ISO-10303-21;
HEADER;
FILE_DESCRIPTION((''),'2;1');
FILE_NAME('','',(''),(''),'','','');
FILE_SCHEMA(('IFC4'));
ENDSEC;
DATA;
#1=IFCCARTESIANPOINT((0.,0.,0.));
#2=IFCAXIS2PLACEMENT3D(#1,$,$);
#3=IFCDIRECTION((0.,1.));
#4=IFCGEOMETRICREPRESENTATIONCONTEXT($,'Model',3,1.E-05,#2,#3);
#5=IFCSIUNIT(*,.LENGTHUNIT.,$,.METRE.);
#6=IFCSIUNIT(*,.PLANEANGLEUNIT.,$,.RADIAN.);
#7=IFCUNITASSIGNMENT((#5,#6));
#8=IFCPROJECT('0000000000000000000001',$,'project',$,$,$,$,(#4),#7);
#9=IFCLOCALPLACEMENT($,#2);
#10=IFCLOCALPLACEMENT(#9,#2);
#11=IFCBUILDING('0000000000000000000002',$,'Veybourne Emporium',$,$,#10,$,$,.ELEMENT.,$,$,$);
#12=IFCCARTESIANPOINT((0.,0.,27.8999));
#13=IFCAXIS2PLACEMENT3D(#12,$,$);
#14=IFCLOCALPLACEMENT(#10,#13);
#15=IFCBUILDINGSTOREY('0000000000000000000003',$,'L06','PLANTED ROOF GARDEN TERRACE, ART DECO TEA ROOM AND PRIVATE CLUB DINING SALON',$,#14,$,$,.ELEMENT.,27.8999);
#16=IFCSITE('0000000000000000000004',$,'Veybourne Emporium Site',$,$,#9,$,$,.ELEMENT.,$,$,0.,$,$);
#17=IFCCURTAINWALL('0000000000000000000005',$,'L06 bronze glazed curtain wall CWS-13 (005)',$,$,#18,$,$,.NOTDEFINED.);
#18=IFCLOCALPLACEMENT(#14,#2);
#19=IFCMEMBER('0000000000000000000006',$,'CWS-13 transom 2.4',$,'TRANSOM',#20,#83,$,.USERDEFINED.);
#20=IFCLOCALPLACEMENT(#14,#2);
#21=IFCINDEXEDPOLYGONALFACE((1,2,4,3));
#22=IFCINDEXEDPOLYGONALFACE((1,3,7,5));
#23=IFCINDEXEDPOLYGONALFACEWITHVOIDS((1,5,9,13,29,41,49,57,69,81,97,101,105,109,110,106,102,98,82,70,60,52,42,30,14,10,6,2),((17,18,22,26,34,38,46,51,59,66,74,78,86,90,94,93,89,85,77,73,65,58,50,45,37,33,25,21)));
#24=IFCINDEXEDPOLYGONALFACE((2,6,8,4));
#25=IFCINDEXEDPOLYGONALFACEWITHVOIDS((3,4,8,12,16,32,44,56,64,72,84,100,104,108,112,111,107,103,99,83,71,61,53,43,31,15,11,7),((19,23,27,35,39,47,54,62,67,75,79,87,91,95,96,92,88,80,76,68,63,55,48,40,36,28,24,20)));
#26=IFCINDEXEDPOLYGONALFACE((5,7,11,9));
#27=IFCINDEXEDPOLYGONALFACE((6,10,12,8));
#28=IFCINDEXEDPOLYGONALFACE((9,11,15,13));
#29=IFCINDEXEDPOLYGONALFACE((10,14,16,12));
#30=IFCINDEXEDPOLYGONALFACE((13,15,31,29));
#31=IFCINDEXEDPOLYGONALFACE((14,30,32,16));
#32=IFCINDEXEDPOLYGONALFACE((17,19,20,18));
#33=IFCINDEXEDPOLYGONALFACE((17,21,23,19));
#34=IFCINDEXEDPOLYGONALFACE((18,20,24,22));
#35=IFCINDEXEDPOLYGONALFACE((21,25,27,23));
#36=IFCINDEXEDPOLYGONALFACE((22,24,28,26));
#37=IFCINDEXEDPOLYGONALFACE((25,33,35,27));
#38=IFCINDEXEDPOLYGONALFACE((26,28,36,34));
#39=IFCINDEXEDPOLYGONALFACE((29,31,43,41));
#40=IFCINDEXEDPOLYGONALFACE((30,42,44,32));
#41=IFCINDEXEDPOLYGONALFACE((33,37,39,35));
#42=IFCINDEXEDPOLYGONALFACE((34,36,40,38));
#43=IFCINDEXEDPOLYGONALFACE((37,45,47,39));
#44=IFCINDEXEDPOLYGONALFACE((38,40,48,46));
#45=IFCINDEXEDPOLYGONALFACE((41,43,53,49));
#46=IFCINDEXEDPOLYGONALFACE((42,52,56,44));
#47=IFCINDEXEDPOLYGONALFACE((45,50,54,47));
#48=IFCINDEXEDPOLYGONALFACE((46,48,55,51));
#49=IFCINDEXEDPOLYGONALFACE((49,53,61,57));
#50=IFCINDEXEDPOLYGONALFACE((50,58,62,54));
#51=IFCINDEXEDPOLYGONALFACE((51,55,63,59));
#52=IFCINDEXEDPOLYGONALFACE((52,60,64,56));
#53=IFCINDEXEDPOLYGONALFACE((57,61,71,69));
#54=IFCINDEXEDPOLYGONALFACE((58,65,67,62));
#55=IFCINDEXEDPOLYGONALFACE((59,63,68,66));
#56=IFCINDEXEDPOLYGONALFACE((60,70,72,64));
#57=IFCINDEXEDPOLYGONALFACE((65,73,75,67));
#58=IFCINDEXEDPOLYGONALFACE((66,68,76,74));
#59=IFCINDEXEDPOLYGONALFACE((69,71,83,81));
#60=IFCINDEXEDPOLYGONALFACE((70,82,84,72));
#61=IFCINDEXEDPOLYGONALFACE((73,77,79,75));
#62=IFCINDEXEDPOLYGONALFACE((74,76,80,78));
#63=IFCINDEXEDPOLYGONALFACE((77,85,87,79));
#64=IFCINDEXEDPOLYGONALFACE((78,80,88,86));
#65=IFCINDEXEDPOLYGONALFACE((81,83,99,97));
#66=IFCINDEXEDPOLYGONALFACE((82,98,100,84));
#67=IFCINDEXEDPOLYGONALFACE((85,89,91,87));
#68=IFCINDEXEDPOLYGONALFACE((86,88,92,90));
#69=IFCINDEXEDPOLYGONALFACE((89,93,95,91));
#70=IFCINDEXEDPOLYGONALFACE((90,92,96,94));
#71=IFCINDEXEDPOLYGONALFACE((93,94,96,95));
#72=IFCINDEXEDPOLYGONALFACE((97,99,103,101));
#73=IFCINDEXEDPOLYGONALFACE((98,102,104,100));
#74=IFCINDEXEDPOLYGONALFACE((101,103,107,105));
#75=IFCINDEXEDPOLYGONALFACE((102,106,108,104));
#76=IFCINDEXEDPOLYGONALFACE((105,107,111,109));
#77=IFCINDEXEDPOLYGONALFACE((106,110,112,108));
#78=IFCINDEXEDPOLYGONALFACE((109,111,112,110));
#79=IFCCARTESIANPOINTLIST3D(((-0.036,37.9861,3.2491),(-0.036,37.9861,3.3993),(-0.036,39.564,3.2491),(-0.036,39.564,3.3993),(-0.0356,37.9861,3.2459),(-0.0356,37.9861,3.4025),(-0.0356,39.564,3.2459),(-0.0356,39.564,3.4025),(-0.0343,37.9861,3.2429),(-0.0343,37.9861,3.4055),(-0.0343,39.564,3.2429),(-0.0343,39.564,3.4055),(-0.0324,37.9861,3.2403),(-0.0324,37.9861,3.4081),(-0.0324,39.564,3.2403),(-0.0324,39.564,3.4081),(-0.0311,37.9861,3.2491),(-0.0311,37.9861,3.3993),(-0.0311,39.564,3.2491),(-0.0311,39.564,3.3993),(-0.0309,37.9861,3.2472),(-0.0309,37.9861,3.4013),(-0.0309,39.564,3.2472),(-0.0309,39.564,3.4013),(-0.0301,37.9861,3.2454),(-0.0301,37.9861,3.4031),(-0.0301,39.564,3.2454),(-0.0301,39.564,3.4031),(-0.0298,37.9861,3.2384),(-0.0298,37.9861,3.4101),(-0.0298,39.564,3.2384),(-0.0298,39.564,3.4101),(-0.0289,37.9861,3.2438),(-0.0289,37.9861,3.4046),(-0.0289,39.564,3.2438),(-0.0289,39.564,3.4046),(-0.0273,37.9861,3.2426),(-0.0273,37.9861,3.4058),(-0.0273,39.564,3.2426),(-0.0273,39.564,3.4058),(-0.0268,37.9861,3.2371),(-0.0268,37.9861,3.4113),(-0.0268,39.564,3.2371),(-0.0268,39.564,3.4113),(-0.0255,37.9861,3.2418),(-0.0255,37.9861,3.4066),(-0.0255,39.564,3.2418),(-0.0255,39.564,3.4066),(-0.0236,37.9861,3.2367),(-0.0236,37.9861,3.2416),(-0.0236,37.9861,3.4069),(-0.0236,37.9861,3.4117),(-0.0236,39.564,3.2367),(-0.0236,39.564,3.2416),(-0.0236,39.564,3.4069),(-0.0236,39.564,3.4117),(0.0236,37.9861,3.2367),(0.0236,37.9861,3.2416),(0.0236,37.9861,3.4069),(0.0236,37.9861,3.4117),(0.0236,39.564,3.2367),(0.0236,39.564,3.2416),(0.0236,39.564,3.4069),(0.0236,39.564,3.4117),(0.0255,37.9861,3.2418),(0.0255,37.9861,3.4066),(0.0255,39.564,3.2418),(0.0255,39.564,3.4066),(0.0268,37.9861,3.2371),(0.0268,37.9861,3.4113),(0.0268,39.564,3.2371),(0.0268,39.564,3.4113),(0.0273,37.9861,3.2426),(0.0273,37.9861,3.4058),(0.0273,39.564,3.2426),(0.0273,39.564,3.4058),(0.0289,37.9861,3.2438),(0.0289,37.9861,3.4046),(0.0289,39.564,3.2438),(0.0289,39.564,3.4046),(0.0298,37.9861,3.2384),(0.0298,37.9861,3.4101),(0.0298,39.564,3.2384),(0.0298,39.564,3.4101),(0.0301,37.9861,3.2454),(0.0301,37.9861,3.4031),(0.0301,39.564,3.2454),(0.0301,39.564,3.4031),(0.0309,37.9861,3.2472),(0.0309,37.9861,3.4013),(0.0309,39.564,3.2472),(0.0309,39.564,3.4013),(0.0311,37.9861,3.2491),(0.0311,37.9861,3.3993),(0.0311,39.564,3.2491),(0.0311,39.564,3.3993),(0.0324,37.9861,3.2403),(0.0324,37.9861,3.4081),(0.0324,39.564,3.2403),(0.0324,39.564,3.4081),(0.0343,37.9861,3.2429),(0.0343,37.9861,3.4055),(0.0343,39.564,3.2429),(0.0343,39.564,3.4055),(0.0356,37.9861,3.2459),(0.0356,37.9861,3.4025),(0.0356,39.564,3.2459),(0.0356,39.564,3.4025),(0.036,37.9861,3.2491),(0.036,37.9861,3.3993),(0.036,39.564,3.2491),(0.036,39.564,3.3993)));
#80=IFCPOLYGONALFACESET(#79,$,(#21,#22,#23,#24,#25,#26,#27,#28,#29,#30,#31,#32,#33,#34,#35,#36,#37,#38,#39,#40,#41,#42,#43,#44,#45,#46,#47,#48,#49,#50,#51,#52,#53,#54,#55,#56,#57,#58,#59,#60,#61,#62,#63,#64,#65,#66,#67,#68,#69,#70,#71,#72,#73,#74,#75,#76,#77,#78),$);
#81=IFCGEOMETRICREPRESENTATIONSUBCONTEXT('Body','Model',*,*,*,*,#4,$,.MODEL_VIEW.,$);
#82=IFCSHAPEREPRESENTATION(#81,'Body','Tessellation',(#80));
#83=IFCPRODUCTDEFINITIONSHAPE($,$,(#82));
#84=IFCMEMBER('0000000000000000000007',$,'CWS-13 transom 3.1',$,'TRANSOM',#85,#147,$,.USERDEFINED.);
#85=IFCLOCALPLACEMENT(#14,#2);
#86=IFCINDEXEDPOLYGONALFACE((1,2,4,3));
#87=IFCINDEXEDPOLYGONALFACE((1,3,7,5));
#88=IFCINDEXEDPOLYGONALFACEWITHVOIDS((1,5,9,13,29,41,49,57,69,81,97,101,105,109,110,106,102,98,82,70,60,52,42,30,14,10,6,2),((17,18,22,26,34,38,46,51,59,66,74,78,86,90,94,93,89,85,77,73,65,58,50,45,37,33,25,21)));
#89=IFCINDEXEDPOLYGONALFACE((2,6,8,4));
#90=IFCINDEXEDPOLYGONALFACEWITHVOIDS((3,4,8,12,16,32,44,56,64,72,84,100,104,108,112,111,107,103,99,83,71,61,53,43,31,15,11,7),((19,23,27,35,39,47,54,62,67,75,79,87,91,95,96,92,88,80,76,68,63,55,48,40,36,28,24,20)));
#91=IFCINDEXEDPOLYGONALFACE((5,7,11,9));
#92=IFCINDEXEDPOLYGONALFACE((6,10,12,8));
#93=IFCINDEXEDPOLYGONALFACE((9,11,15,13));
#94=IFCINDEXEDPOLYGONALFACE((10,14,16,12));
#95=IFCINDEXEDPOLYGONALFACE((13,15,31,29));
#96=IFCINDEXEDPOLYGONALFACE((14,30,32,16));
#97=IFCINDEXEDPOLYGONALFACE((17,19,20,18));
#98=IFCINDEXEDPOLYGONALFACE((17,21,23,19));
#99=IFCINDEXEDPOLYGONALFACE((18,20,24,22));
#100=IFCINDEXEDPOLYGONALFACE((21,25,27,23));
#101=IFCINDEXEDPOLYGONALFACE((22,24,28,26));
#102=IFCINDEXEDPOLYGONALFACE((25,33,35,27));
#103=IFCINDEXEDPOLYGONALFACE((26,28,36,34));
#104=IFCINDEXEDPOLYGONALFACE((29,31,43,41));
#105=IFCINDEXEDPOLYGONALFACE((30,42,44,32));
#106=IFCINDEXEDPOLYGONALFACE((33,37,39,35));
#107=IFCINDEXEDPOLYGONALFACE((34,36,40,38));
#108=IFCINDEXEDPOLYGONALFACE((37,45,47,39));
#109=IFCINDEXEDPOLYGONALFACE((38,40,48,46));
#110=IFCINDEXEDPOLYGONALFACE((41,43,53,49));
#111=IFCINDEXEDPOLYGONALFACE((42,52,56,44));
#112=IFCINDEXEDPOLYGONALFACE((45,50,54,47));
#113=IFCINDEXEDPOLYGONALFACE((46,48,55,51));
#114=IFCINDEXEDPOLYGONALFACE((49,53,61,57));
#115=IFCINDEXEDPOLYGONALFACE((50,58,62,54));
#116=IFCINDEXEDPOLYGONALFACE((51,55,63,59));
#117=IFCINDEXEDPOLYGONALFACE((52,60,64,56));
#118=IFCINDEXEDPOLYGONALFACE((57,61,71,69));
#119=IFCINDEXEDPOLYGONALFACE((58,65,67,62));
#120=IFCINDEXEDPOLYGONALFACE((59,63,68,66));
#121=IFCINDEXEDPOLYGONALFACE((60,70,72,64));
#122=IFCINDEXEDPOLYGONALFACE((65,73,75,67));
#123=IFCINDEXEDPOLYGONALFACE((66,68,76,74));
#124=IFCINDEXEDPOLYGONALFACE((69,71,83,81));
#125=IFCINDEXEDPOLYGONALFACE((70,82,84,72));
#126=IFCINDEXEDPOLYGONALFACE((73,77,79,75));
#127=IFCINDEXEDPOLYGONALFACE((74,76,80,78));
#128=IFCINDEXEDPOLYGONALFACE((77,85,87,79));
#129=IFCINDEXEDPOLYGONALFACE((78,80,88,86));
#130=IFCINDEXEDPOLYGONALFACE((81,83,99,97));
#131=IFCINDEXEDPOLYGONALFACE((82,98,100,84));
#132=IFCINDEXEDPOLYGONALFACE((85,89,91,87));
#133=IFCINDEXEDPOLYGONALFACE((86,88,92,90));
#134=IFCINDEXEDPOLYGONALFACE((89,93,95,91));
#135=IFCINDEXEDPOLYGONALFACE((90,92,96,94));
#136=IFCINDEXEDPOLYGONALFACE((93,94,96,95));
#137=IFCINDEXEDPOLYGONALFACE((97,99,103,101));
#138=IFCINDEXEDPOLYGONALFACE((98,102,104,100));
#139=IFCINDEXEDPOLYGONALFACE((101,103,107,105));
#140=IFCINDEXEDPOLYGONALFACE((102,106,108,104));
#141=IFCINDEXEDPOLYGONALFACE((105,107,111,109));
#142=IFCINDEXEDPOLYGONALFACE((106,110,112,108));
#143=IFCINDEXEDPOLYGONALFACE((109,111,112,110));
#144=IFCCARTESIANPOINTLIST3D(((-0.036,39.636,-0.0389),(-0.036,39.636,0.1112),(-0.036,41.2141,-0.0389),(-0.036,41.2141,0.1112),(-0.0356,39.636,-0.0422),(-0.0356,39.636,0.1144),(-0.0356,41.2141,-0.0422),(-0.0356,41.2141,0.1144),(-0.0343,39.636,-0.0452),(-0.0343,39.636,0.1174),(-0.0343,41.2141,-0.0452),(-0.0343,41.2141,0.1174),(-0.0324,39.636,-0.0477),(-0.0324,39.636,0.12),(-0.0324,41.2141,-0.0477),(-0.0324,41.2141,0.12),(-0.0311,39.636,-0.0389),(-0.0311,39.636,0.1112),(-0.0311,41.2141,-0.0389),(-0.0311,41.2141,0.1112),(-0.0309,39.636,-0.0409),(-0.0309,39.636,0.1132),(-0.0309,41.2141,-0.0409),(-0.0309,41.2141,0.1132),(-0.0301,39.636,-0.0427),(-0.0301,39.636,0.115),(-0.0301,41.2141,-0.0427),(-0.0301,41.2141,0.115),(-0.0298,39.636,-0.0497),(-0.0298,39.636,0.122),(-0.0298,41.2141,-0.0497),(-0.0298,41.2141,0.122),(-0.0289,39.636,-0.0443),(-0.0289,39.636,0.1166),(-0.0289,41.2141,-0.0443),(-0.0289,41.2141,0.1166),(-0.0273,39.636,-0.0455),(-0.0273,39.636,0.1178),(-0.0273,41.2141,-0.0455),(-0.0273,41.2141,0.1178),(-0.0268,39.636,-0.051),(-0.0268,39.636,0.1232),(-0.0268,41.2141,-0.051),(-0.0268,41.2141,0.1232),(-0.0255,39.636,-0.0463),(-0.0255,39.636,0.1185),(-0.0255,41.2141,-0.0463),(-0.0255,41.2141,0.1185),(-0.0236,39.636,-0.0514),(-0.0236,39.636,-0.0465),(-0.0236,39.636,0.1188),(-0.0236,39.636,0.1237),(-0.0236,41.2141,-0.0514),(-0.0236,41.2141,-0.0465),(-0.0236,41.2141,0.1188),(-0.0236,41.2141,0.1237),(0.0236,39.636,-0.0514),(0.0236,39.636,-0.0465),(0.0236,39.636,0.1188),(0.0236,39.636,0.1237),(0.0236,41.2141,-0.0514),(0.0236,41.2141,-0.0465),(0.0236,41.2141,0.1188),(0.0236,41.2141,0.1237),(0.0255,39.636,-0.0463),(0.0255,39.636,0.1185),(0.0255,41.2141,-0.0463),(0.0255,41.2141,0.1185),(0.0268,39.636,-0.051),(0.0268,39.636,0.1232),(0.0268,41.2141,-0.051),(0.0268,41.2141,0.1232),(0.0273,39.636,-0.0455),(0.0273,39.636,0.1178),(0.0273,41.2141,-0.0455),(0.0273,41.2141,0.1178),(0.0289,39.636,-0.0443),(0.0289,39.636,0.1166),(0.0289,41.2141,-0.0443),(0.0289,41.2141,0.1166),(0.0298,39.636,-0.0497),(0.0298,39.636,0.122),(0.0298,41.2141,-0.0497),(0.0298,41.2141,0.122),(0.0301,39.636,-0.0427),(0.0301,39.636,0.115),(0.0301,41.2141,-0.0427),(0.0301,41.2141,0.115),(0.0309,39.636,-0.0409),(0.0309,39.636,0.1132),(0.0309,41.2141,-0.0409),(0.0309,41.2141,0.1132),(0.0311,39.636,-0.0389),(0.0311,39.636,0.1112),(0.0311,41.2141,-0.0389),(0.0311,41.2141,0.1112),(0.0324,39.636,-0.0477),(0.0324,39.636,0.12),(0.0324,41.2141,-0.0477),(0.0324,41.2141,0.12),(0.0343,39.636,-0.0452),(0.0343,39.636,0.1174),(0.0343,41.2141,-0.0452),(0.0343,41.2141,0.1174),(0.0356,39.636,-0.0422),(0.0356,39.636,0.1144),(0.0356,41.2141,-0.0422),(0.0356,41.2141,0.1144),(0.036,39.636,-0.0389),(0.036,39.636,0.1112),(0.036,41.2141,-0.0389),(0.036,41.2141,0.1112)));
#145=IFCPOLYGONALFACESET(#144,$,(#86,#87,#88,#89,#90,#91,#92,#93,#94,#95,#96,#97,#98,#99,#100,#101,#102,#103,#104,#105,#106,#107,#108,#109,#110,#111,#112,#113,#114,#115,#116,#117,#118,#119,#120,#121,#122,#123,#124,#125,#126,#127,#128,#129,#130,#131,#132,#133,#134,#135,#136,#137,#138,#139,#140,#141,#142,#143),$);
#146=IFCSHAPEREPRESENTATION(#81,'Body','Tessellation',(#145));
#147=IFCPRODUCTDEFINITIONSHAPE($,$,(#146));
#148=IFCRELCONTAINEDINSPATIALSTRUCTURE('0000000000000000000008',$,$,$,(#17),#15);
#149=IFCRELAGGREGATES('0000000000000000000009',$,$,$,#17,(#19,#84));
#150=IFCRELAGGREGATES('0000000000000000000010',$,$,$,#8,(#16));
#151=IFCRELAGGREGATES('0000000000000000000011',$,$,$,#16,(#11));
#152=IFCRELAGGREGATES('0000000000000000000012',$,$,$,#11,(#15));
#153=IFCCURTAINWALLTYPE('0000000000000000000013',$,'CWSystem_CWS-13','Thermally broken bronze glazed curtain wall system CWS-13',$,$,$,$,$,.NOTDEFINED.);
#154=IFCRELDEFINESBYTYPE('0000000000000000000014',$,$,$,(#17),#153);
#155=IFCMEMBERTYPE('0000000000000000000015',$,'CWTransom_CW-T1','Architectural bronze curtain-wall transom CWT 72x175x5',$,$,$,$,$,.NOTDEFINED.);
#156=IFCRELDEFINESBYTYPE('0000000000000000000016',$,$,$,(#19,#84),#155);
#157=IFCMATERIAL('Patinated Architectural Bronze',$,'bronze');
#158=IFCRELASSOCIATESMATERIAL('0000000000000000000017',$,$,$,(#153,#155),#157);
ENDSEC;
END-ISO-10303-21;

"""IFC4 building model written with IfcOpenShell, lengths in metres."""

from ifc_helpers import new_model, si_unit, direction, frame, origin, origin_2d, place, context, subcontext, project, spatial, hollow_rectangle, extrude, material, material_profile, profile_set, type_object, element, aggregate, save


model = new_model("IFC4")

# Units and contexts
model_context = context("Model", 3, precision=1e-05, world=origin(), true_north=direction((0.0, 1.0)))
body_context = subcontext(model_context, "Body", "Model", "MODEL_VIEW")
ifc_project = project(units=[si_unit("LENGTHUNIT", "METRE"), si_unit("PLANEANGLEUNIT", "RADIAN")], contexts=[model_context])

# Site, building, storey
site_placement = place(None, origin())
site = spatial("IfcSite", under=ifc_project, at=site_placement, Name="Veybourne Emporium Site", CompositionType="ELEMENT", RefElevation=0.0)
building_placement = place(site_placement, origin())
building = spatial("IfcBuilding", under=site, at=building_placement, Name="Veybourne Emporium", CompositionType="ELEMENT")
storey_placement = place(building_placement, frame((0.0, 0.0, 27.8999)))
storey = spatial("IfcBuildingStorey", under=building, at=storey_placement, Name="L06", Description="PLANTED ROOF GARDEN TERRACE, ART DECO TEA ROOM AND PRIVATE CLUB DINING SALON", CompositionType="ELEMENT", Elevation=27.8999)

# Curtain wall
ifc_material_1 = material(Name="Patinated Architectural Bronze", Category="bronze")
curtain_wall_type_1 = type_object("IfcCurtainWallType", Name="CWSystem_CWS-13", Description="Thermally broken bronze glazed curtain wall system CWS-13", PredefinedType="NOTDEFINED", material=ifc_material_1)
curtain_wall_1_placement = place(storey_placement, origin())
curtain_wall_1 = element("IfcCurtainWall", 1, at=curtain_wall_1_placement, inside=storey, type_object=curtain_wall_type_1, Name="L06 bronze glazed curtain wall CWS-13 (005)", PredefinedType="NOTDEFINED")

# Members
ifc_material_profile_1 = material_profile(ifc_material_1, hollow_rectangle(XDim=0.072, YDim=0.175, WallThickness=0.0049, InnerFilletRadius=0.0076, OuterFilletRadius=0.0125, at=origin_2d()), Name="CWT 72x175x5")
ifc_profile_set_1 = profile_set([ifc_material_profile_1], Name="Patinated Architectural Bronze")
member_type_1 = type_object("IfcMemberType", Name="CWTransom_CW-T1", Description="Architectural bronze curtain-wall transom CWT 72x175x5", PredefinedType="NOTDEFINED", material=ifc_profile_set_1)
member_1_placement = place(storey_placement, frame((0.0, 37.9861, 3.3242), z_axis=(0.0, 1.0, 0.0), x_axis=(-1.0, 0.0, 0.0)))
member_1 = element("IfcMember", 2, at=member_1_placement, type_object=member_type_1, Name="CWS-13 transom 2.4", ObjectType="TRANSOM", PredefinedType="USERDEFINED", context=body_context, shape_type="SweptSolid", body=[
    extrude(hollow_rectangle(XDim=0.072, YDim=0.175, WallThickness=0.0049, InnerFilletRadius=0.0076, OuterFilletRadius=0.0125, at=origin_2d()), origin(), (0.0, 0.0, 1.0), 1.5779),
])
member_2_placement = place(storey_placement, frame((0.0, 39.636, 0.0361), z_axis=(0.0, 1.0, 0.0), x_axis=(-1.0, 0.0, 0.0)))
member_2 = element("IfcMember", 3, at=member_2_placement, type_object=member_type_1, Name="CWS-13 transom 3.1", ObjectType="TRANSOM", PredefinedType="USERDEFINED", context=body_context, shape_type="SweptSolid", body=[
    extrude(hollow_rectangle(XDim=0.072, YDim=0.175, WallThickness=0.0049, InnerFilletRadius=0.0076, OuterFilletRadius=0.0125, at=origin_2d()), origin(), (0.0, 0.0, 1.0), 1.5781),
])

aggregate(curtain_wall_1, [member_1, member_2])

save(model, "model.ifc")
